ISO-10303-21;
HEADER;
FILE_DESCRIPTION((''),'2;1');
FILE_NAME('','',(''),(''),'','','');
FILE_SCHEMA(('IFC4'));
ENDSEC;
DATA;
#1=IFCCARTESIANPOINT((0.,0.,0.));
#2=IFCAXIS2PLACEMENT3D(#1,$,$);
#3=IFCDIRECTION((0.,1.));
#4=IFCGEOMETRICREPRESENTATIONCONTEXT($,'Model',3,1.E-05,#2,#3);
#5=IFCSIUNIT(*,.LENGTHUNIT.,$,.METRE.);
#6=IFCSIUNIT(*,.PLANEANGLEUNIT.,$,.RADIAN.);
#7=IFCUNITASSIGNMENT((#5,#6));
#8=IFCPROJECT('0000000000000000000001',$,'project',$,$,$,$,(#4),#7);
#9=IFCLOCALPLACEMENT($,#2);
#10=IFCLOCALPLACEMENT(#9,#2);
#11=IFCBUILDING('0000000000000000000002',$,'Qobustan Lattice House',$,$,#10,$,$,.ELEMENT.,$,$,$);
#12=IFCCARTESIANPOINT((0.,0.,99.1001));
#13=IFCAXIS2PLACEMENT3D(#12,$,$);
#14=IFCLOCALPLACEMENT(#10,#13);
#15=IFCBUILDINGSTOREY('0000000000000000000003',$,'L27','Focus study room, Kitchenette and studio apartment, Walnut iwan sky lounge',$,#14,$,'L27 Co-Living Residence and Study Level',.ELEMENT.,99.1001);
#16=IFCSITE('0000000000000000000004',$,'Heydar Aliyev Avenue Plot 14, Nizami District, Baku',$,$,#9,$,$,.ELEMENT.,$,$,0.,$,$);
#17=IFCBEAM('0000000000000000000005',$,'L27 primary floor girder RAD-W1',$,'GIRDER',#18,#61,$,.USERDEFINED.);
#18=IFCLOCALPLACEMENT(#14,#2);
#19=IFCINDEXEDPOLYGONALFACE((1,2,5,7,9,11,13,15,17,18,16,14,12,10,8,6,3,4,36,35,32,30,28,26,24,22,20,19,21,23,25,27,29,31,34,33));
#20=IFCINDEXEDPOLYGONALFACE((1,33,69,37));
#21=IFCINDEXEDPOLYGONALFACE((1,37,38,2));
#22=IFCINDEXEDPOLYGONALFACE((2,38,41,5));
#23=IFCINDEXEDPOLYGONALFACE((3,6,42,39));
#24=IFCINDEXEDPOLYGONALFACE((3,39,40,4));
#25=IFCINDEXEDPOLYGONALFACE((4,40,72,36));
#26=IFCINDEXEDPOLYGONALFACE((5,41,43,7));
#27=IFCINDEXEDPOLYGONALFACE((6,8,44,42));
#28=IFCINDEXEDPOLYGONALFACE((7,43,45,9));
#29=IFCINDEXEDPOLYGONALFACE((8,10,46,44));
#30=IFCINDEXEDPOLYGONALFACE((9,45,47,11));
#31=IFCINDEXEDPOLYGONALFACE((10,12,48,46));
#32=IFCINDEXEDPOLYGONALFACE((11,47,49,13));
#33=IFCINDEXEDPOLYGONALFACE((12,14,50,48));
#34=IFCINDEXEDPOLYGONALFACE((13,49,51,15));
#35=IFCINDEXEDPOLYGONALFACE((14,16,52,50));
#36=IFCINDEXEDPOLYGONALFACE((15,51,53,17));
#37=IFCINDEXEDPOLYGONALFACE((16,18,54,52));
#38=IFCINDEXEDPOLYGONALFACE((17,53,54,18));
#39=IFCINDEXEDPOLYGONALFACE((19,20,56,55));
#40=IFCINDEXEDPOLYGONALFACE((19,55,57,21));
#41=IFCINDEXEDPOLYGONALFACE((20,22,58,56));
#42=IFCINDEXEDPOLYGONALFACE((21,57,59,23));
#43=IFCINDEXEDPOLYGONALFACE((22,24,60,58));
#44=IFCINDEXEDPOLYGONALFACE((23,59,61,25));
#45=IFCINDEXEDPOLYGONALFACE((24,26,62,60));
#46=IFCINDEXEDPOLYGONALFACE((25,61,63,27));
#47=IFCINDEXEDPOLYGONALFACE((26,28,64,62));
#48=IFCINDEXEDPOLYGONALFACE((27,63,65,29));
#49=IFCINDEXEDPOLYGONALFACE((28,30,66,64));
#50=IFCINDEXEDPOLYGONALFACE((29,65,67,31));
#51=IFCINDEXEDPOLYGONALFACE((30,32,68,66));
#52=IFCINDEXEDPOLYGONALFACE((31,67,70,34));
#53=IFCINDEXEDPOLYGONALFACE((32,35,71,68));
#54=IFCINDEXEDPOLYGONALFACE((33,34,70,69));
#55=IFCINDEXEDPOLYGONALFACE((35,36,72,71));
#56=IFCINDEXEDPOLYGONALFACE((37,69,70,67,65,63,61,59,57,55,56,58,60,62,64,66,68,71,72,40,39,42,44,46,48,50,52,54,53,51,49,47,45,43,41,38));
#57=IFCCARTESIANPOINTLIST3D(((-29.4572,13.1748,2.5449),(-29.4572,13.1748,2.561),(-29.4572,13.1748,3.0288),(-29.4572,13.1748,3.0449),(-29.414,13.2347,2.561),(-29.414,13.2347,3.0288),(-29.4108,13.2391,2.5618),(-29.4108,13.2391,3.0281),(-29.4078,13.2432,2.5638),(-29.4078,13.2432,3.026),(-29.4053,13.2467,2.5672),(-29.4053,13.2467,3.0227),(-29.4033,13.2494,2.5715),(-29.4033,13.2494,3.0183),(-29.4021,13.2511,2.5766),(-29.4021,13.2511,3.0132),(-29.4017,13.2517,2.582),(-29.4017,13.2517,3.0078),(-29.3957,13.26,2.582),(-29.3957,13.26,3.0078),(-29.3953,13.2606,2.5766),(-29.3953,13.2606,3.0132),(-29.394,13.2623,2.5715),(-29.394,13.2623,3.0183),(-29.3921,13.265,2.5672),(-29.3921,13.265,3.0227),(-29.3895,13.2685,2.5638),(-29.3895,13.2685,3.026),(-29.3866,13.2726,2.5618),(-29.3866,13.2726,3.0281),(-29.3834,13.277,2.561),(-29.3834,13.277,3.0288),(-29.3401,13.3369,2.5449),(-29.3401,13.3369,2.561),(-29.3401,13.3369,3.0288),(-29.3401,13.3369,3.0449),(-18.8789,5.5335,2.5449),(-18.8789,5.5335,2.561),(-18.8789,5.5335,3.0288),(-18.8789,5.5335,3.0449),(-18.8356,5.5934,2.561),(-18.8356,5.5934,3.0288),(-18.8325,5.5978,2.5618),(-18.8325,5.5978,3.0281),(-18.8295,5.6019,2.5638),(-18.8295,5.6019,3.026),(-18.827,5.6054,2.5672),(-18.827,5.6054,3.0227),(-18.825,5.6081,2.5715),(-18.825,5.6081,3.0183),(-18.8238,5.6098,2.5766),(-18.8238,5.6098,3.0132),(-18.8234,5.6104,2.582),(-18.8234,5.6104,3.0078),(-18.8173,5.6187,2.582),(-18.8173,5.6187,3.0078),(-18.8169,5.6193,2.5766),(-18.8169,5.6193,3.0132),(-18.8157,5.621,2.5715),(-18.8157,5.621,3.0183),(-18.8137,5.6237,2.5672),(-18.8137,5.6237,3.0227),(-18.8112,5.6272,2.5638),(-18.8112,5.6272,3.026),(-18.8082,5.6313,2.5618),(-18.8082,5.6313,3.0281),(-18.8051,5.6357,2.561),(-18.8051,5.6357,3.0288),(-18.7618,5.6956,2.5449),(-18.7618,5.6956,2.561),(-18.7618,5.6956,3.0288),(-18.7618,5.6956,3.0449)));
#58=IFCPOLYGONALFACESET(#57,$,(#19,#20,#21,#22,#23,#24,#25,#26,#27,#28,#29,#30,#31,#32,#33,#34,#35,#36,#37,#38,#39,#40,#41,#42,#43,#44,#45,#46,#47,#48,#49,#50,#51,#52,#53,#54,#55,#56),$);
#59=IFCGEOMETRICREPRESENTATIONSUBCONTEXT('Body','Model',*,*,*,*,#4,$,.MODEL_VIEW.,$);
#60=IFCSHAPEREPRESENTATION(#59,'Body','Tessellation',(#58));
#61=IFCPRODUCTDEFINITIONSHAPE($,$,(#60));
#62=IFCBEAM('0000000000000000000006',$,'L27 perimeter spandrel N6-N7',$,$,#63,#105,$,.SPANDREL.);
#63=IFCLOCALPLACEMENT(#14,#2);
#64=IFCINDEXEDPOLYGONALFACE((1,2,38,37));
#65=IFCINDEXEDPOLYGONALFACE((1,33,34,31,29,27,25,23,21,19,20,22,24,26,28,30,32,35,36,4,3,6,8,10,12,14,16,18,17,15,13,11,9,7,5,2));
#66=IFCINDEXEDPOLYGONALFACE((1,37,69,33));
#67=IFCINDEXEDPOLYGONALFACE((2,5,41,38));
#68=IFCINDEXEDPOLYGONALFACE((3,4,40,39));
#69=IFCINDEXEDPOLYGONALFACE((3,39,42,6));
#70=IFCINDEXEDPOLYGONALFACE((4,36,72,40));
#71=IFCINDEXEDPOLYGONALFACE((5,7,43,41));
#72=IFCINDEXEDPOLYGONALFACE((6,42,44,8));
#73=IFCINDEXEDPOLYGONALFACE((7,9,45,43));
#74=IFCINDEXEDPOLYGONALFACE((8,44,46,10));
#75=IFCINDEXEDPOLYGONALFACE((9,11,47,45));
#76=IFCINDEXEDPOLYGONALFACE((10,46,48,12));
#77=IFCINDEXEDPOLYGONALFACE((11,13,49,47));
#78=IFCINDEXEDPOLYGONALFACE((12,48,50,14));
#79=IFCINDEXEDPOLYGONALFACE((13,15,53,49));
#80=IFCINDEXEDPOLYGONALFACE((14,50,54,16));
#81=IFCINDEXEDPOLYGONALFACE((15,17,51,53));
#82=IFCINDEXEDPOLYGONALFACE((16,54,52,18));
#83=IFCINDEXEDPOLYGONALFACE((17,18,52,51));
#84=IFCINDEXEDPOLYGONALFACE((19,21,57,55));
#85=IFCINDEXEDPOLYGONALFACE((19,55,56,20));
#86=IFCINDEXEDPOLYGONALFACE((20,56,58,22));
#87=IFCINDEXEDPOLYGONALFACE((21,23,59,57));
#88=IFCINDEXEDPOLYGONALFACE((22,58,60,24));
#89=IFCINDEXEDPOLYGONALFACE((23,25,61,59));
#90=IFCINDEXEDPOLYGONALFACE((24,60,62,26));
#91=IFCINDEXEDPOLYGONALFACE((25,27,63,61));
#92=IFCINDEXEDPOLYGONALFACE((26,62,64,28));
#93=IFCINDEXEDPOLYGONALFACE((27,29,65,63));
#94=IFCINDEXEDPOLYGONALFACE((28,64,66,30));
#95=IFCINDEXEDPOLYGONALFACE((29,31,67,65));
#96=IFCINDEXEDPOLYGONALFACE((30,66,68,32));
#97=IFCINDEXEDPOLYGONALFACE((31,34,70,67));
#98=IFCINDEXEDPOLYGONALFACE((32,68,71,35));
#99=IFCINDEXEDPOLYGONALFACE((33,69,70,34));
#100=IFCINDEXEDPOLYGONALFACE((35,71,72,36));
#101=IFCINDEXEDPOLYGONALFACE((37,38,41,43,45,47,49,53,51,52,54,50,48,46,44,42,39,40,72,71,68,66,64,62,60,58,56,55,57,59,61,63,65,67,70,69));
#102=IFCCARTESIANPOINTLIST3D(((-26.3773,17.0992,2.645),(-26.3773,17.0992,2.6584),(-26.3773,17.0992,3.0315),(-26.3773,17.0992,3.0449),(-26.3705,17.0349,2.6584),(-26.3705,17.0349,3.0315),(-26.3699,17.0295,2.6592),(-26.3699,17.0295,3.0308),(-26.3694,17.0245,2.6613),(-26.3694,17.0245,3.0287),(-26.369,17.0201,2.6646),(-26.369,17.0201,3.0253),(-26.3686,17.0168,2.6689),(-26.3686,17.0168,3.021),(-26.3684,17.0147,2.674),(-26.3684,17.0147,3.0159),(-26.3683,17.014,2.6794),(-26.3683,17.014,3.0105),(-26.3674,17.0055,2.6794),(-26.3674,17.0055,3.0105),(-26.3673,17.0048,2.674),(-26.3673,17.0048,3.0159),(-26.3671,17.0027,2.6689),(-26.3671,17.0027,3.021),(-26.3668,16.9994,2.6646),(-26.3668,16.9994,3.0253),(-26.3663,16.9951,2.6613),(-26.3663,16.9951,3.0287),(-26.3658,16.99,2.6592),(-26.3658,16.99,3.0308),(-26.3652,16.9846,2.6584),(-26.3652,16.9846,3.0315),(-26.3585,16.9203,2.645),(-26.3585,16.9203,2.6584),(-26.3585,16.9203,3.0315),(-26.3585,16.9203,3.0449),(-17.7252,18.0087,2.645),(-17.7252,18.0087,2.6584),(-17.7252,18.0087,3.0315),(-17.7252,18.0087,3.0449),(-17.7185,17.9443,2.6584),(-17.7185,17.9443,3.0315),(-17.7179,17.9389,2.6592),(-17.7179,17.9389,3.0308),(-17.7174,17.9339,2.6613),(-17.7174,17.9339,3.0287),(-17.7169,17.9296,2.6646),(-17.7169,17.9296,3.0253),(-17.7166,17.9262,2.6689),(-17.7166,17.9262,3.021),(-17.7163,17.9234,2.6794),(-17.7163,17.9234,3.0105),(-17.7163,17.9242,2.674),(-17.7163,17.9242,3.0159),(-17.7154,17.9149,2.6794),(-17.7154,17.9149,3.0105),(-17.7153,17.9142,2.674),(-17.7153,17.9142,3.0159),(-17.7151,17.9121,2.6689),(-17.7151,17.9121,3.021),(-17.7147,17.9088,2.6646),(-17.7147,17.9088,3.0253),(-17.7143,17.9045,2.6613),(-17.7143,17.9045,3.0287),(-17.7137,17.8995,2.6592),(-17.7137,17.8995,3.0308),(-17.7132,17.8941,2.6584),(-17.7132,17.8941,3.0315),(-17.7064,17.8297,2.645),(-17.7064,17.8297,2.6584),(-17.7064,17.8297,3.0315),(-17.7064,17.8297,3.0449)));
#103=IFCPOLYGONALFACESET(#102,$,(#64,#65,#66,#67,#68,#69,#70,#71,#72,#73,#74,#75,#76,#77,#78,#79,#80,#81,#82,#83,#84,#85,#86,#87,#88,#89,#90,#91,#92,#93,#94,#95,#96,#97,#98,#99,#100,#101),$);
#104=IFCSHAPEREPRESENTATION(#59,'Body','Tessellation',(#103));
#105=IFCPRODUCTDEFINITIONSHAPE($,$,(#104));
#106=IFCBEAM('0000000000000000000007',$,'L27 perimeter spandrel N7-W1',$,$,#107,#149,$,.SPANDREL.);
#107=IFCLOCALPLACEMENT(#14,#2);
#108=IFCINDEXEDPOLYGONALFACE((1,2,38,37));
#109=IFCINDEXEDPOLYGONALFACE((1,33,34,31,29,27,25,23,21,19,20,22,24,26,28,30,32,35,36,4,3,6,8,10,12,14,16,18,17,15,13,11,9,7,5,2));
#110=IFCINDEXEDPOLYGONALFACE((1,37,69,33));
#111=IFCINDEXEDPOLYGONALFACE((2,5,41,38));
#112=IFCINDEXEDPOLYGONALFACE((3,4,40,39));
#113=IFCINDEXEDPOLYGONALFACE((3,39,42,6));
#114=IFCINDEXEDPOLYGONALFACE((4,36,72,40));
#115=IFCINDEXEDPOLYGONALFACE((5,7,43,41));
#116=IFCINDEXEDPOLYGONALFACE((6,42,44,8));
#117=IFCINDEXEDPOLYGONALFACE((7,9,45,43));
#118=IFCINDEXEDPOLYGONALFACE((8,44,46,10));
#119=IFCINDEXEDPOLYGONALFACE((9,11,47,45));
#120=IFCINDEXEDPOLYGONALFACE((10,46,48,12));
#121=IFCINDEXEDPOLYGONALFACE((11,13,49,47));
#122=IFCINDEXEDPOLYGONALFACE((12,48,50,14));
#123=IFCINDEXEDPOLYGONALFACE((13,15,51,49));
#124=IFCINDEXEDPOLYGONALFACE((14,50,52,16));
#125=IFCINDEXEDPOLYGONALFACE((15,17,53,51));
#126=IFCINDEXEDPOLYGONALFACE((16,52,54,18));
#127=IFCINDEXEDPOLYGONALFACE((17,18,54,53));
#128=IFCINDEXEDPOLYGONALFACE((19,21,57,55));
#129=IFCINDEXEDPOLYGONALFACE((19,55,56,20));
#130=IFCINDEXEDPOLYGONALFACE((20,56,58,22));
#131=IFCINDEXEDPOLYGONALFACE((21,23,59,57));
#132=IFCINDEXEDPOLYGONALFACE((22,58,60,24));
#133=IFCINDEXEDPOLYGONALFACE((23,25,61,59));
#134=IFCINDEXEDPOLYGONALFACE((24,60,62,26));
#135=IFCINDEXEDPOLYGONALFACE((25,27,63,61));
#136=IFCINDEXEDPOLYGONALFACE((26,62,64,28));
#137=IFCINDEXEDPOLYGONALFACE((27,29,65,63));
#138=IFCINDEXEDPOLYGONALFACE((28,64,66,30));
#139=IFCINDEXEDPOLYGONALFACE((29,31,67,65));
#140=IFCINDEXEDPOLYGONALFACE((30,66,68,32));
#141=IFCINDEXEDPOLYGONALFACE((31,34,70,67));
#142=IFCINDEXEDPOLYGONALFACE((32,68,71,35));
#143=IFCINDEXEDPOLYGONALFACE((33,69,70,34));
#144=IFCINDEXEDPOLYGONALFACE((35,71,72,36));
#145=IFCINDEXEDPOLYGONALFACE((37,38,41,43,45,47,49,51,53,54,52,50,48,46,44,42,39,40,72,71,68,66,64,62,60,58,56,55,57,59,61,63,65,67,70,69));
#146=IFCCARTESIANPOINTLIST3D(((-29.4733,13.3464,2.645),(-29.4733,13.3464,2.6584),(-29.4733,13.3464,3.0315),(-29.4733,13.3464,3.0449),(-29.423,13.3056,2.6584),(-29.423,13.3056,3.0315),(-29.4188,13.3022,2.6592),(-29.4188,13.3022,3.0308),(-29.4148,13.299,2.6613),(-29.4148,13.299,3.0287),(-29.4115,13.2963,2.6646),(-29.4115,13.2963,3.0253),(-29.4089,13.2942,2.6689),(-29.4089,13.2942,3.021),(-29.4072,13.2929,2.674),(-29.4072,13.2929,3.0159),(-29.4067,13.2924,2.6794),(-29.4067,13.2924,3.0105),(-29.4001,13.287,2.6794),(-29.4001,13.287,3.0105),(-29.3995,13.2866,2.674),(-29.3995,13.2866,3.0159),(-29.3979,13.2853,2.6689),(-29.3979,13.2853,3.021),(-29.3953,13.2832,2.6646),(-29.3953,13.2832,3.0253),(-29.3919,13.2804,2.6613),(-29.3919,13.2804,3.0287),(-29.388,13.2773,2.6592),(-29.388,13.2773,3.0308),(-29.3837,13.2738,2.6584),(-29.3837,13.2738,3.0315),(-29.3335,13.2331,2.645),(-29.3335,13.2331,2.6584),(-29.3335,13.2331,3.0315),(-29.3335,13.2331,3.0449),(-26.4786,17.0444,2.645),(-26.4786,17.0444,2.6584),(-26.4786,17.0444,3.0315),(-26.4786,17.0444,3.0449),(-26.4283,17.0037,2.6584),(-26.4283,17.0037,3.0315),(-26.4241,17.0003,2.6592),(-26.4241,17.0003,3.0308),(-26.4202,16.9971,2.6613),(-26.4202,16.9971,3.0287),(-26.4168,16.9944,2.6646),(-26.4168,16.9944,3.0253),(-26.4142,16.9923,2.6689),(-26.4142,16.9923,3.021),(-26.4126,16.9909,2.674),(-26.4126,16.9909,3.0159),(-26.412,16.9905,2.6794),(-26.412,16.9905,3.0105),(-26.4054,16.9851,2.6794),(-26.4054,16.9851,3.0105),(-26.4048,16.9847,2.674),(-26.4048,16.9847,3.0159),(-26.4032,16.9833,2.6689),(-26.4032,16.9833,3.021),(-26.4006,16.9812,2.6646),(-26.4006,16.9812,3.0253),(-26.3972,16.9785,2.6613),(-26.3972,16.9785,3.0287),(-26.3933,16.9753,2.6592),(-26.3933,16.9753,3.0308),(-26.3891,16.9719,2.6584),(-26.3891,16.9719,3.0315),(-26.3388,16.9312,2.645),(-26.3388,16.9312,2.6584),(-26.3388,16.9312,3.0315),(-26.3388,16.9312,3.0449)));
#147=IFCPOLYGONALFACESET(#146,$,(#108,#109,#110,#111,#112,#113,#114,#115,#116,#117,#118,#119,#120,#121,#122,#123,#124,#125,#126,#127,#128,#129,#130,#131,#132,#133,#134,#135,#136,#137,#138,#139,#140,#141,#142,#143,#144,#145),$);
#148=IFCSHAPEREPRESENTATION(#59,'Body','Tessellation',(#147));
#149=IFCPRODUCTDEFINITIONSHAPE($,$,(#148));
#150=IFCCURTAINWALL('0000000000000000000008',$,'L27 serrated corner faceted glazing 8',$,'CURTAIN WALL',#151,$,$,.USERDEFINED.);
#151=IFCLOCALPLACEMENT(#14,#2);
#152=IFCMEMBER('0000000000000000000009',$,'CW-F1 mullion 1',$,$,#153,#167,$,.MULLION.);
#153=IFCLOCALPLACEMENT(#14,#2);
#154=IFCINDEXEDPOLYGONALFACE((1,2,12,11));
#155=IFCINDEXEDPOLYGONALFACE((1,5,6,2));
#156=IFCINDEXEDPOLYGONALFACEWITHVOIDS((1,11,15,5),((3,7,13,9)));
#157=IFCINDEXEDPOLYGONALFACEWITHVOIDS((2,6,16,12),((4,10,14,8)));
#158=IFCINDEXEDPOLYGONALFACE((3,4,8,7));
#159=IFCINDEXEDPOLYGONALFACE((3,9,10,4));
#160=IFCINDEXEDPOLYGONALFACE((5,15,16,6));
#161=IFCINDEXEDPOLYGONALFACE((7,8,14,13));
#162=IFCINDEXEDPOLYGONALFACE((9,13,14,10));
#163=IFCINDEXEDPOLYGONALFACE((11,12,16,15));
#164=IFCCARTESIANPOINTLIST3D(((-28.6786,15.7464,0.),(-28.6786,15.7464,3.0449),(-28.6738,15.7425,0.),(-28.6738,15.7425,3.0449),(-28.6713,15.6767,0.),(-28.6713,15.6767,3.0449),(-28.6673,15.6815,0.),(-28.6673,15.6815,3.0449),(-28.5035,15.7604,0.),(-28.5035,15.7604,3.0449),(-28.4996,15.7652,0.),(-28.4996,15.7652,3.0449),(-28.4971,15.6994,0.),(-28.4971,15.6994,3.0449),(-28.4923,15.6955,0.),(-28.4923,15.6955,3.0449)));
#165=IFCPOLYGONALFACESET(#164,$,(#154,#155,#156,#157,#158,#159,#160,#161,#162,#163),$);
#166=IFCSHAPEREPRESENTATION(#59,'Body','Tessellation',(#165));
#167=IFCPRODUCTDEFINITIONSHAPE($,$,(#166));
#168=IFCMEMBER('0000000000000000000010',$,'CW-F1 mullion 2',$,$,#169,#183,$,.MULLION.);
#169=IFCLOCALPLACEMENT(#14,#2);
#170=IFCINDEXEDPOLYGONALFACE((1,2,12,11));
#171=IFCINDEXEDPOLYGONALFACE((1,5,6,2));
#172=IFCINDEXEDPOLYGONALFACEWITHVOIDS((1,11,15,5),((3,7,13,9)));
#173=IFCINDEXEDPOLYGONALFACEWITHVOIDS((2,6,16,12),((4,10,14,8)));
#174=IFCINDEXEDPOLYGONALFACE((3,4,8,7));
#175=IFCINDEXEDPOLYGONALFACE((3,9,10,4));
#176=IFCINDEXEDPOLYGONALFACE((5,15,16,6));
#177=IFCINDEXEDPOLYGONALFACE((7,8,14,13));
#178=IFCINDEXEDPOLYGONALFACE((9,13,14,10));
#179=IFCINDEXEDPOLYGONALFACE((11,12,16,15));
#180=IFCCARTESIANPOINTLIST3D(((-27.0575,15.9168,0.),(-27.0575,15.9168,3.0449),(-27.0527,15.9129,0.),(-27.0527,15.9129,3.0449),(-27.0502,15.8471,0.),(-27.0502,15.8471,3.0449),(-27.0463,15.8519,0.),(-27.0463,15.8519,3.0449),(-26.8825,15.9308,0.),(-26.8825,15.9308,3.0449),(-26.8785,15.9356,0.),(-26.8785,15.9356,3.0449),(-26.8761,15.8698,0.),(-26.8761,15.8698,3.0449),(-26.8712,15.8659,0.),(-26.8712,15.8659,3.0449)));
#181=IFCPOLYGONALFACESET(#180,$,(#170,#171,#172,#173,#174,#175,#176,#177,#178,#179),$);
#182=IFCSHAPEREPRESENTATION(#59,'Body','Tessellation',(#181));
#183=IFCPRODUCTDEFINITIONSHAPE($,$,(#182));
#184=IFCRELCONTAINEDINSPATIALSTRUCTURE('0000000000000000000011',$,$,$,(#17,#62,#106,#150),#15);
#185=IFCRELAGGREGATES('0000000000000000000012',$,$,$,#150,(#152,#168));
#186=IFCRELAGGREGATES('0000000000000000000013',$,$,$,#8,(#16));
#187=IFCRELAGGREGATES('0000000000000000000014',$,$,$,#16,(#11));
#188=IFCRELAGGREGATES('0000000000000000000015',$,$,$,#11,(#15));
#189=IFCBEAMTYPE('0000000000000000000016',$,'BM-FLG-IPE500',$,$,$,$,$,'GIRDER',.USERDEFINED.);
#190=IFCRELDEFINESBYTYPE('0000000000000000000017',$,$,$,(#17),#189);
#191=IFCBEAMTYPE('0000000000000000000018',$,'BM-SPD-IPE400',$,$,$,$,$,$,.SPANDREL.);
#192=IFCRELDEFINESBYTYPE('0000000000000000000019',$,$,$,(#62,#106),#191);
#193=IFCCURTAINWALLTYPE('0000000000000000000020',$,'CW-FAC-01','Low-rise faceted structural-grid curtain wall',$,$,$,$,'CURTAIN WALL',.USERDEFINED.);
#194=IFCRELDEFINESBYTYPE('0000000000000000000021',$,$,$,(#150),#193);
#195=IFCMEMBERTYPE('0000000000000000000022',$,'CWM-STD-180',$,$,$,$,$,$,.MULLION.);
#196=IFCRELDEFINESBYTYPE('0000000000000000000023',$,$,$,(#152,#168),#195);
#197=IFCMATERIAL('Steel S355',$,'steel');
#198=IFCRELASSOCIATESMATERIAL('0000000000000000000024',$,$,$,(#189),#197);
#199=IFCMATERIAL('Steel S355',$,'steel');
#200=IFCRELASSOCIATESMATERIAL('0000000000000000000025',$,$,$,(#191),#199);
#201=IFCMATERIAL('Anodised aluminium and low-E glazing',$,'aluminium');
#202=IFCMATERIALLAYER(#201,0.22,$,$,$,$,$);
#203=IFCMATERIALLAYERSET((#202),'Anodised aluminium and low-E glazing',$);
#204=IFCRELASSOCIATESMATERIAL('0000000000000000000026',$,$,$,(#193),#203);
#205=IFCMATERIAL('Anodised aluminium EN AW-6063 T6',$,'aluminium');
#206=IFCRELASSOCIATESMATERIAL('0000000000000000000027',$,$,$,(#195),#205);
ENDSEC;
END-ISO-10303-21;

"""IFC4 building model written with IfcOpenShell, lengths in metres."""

from ifc_helpers import new_model, si_unit, direction, frame, origin, origin_2d, place, context, subcontext, project, spatial, hollow_rectangle, i_section, extrude, material, layer, layer_set, material_profile, profile_set, type_object, element, aggregate, save


model = new_model("IFC4")

# Units and contexts
model_context = context("Model", 3, precision=1e-05, world=origin(), true_north=direction((0.0, 1.0)))
body_context = subcontext(model_context, "Body", "Model", "MODEL_VIEW")
ifc_project = project(units=[si_unit("LENGTHUNIT", "METRE"), si_unit("PLANEANGLEUNIT", "RADIAN")], contexts=[model_context])

# Site, building, storey
site_placement = place(None, origin())
site = spatial("IfcSite", under=ifc_project, at=site_placement, Name="Heydar Aliyev Avenue Plot 14, Nizami District, Baku", CompositionType="ELEMENT", RefElevation=0.0)
building_placement = place(site_placement, origin())
building = spatial("IfcBuilding", under=site, at=building_placement, Name="Qobustan Lattice House", CompositionType="ELEMENT")
storey_placement = place(building_placement, frame((0.0, 0.0, 99.1001)))
storey = spatial("IfcBuildingStorey", under=building, at=storey_placement, Name="L27", Description="Focus study room, Kitchenette and studio apartment, Walnut iwan sky lounge", LongName="L27 Co-Living Residence and Study Level", CompositionType="ELEMENT", Elevation=99.1001)

# Beams
ifc_material_1 = material(Name="Steel S355", Category="steel")
ifc_material_profile_1 = material_profile(ifc_material_1, i_section(OverallWidth=0.2, OverallDepth=0.5, WebThickness=0.0103, FlangeThickness=0.0161, FilletRadius=0.021, at=origin_2d()), Name="IPE500")
ifc_profile_set_1 = profile_set([ifc_material_profile_1], Name="Steel S355")
beam_type_1 = type_object("IfcBeamType", Name="BM-FLG-IPE500", ElementType="GIRDER", PredefinedType="USERDEFINED", material=ifc_profile_set_1)
beam_1_placement = place(storey_placement, frame((-29.3987, 13.2559, 2.7949), z_axis=(0.810627, -0.585562, 0.0), x_axis=(0.585562, 0.810627, 0.0)))
element("IfcBeam", 1, at=beam_1_placement, inside=storey, type_object=beam_type_1, Name="L27 primary floor girder RAD-W1", ObjectType="GIRDER", PredefinedType="USERDEFINED", context=body_context, shape_type="SweptSolid", body=[
    extrude(i_section(OverallWidth=0.2, OverallDepth=0.5, WebThickness=0.0103, FlangeThickness=0.0161, FilletRadius=0.021, at=origin_2d()), origin(), (0.0, 0.0, 1.0), 13.0496),
])
ifc_material_2 = material(Name="Steel S355", Category="steel")
ifc_material_profile_2 = material_profile(ifc_material_2, i_section(OverallWidth=0.1799, OverallDepth=0.3999, WebThickness=0.0085, FlangeThickness=0.0134, FilletRadius=0.021, at=origin_2d()), Name="IPE400")
ifc_profile_set_2 = profile_set([ifc_material_profile_2], Name="Steel S355")
beam_type_2 = type_object("IfcBeamType", Name="BM-SPD-IPE400", PredefinedType="SPANDREL", material=ifc_profile_set_2)
beam_2_placement = place(storey_placement, frame((-17.7158, 17.9192, 2.845), z_axis=(-0.994521, -0.104534, 0.0), x_axis=(0.104534, -0.994521, 0.0)))
element("IfcBeam", 2, at=beam_2_placement, inside=storey, type_object=beam_type_2, Name="L27 perimeter spandrel N6-N7", PredefinedType="SPANDREL", context=body_context, shape_type="SweptSolid", body=[
    extrude(i_section(OverallWidth=0.1799, OverallDepth=0.3999, WebThickness=0.0085, FlangeThickness=0.0134, FilletRadius=0.021, at=origin_2d()), origin(), (0.0, 0.0, 1.0), 8.6997),
])
beam_3_placement = place(storey_placement, frame((-26.4087, 16.9878, 2.845), z_axis=(-0.629327, -0.777141, 0.0), x_axis=(0.777141, -0.629327, 0.0)))
element("IfcBeam", 3, at=beam_3_placement, inside=storey, type_object=beam_type_2, Name="L27 perimeter spandrel N7-W1", PredefinedType="SPANDREL", context=body_context, shape_type="SweptSolid", body=[
    extrude(i_section(OverallWidth=0.1799, OverallDepth=0.3999, WebThickness=0.0085, FlangeThickness=0.0134, FilletRadius=0.021, at=origin_2d()), origin(), (0.0, 0.0, 1.0), 4.7585),
])

# Curtain wall, members
ifc_material_3 = material(Name="Anodised aluminium and low-E glazing", Category="aluminium")
ifc_layer_1 = layer(ifc_material_3, 0.22)
ifc_layer_set_1 = layer_set([ifc_layer_1], Name="Anodised aluminium and low-E glazing")
curtain_wall_type = type_object("IfcCurtainWallType", Name="CW-FAC-01", Description="Low-rise faceted structural-grid curtain wall", ElementType="CURTAIN WALL", PredefinedType="USERDEFINED", material=ifc_layer_set_1)
curtain_wall_placement = place(storey_placement, origin())
curtain_wall = element("IfcCurtainWall", 4, at=curtain_wall_placement, inside=storey, type_object=curtain_wall_type, Name="L27 serrated corner faceted glazing 8", ObjectType="CURTAIN WALL", PredefinedType="USERDEFINED")
ifc_material_4 = material(Name="Anodised aluminium EN AW-6063 T6", Category="aluminium")
ifc_material_profile_3 = material_profile(ifc_material_4, hollow_rectangle(XDim=0.0701, YDim=0.1799, WallThickness=0.0044, at=origin_2d()), Name="CWM-180x70")
ifc_profile_set_3 = profile_set([ifc_material_profile_3], Name="Anodised aluminium EN AW-6063 T6")
member_type_1 = type_object("IfcMemberType", Name="CWM-STD-180", PredefinedType="MULLION", material=ifc_profile_set_3)
member_1_placement = place(storey_placement, frame((-28.5854, 15.7209, 0.0), z_axis=(0.0, 0.0, 1.0), x_axis=(-0.104529, 0.994522, 0.0)))
member_1 = element("IfcMember", 5, at=member_1_placement, type_object=member_type_1, Name="CW-F1 mullion 1", PredefinedType="MULLION", context=body_context, shape_type="SweptSolid", body=[
    extrude(hollow_rectangle(XDim=0.0701, YDim=0.1799, WallThickness=0.0044, at=origin_2d()), origin(), (0.0, 0.0, 1.0), 3.0449),
])
member_2_placement = place(storey_placement, frame((-26.9644, 15.8914, 0.0), z_axis=(0.0, 0.0, 1.0), x_axis=(-0.104529, 0.994522, 0.0)))
member_2 = element("IfcMember", 6, at=member_2_placement, type_object=member_type_1, Name="CW-F1 mullion 2", PredefinedType="MULLION", context=body_context, shape_type="SweptSolid", body=[
    extrude(hollow_rectangle(XDim=0.0701, YDim=0.1799, WallThickness=0.0044, at=origin_2d()), origin(), (0.0, 0.0, 1.0), 3.0449),
])
aggregate(curtain_wall, [member_1, member_2])

save(model, "model.ifc")
